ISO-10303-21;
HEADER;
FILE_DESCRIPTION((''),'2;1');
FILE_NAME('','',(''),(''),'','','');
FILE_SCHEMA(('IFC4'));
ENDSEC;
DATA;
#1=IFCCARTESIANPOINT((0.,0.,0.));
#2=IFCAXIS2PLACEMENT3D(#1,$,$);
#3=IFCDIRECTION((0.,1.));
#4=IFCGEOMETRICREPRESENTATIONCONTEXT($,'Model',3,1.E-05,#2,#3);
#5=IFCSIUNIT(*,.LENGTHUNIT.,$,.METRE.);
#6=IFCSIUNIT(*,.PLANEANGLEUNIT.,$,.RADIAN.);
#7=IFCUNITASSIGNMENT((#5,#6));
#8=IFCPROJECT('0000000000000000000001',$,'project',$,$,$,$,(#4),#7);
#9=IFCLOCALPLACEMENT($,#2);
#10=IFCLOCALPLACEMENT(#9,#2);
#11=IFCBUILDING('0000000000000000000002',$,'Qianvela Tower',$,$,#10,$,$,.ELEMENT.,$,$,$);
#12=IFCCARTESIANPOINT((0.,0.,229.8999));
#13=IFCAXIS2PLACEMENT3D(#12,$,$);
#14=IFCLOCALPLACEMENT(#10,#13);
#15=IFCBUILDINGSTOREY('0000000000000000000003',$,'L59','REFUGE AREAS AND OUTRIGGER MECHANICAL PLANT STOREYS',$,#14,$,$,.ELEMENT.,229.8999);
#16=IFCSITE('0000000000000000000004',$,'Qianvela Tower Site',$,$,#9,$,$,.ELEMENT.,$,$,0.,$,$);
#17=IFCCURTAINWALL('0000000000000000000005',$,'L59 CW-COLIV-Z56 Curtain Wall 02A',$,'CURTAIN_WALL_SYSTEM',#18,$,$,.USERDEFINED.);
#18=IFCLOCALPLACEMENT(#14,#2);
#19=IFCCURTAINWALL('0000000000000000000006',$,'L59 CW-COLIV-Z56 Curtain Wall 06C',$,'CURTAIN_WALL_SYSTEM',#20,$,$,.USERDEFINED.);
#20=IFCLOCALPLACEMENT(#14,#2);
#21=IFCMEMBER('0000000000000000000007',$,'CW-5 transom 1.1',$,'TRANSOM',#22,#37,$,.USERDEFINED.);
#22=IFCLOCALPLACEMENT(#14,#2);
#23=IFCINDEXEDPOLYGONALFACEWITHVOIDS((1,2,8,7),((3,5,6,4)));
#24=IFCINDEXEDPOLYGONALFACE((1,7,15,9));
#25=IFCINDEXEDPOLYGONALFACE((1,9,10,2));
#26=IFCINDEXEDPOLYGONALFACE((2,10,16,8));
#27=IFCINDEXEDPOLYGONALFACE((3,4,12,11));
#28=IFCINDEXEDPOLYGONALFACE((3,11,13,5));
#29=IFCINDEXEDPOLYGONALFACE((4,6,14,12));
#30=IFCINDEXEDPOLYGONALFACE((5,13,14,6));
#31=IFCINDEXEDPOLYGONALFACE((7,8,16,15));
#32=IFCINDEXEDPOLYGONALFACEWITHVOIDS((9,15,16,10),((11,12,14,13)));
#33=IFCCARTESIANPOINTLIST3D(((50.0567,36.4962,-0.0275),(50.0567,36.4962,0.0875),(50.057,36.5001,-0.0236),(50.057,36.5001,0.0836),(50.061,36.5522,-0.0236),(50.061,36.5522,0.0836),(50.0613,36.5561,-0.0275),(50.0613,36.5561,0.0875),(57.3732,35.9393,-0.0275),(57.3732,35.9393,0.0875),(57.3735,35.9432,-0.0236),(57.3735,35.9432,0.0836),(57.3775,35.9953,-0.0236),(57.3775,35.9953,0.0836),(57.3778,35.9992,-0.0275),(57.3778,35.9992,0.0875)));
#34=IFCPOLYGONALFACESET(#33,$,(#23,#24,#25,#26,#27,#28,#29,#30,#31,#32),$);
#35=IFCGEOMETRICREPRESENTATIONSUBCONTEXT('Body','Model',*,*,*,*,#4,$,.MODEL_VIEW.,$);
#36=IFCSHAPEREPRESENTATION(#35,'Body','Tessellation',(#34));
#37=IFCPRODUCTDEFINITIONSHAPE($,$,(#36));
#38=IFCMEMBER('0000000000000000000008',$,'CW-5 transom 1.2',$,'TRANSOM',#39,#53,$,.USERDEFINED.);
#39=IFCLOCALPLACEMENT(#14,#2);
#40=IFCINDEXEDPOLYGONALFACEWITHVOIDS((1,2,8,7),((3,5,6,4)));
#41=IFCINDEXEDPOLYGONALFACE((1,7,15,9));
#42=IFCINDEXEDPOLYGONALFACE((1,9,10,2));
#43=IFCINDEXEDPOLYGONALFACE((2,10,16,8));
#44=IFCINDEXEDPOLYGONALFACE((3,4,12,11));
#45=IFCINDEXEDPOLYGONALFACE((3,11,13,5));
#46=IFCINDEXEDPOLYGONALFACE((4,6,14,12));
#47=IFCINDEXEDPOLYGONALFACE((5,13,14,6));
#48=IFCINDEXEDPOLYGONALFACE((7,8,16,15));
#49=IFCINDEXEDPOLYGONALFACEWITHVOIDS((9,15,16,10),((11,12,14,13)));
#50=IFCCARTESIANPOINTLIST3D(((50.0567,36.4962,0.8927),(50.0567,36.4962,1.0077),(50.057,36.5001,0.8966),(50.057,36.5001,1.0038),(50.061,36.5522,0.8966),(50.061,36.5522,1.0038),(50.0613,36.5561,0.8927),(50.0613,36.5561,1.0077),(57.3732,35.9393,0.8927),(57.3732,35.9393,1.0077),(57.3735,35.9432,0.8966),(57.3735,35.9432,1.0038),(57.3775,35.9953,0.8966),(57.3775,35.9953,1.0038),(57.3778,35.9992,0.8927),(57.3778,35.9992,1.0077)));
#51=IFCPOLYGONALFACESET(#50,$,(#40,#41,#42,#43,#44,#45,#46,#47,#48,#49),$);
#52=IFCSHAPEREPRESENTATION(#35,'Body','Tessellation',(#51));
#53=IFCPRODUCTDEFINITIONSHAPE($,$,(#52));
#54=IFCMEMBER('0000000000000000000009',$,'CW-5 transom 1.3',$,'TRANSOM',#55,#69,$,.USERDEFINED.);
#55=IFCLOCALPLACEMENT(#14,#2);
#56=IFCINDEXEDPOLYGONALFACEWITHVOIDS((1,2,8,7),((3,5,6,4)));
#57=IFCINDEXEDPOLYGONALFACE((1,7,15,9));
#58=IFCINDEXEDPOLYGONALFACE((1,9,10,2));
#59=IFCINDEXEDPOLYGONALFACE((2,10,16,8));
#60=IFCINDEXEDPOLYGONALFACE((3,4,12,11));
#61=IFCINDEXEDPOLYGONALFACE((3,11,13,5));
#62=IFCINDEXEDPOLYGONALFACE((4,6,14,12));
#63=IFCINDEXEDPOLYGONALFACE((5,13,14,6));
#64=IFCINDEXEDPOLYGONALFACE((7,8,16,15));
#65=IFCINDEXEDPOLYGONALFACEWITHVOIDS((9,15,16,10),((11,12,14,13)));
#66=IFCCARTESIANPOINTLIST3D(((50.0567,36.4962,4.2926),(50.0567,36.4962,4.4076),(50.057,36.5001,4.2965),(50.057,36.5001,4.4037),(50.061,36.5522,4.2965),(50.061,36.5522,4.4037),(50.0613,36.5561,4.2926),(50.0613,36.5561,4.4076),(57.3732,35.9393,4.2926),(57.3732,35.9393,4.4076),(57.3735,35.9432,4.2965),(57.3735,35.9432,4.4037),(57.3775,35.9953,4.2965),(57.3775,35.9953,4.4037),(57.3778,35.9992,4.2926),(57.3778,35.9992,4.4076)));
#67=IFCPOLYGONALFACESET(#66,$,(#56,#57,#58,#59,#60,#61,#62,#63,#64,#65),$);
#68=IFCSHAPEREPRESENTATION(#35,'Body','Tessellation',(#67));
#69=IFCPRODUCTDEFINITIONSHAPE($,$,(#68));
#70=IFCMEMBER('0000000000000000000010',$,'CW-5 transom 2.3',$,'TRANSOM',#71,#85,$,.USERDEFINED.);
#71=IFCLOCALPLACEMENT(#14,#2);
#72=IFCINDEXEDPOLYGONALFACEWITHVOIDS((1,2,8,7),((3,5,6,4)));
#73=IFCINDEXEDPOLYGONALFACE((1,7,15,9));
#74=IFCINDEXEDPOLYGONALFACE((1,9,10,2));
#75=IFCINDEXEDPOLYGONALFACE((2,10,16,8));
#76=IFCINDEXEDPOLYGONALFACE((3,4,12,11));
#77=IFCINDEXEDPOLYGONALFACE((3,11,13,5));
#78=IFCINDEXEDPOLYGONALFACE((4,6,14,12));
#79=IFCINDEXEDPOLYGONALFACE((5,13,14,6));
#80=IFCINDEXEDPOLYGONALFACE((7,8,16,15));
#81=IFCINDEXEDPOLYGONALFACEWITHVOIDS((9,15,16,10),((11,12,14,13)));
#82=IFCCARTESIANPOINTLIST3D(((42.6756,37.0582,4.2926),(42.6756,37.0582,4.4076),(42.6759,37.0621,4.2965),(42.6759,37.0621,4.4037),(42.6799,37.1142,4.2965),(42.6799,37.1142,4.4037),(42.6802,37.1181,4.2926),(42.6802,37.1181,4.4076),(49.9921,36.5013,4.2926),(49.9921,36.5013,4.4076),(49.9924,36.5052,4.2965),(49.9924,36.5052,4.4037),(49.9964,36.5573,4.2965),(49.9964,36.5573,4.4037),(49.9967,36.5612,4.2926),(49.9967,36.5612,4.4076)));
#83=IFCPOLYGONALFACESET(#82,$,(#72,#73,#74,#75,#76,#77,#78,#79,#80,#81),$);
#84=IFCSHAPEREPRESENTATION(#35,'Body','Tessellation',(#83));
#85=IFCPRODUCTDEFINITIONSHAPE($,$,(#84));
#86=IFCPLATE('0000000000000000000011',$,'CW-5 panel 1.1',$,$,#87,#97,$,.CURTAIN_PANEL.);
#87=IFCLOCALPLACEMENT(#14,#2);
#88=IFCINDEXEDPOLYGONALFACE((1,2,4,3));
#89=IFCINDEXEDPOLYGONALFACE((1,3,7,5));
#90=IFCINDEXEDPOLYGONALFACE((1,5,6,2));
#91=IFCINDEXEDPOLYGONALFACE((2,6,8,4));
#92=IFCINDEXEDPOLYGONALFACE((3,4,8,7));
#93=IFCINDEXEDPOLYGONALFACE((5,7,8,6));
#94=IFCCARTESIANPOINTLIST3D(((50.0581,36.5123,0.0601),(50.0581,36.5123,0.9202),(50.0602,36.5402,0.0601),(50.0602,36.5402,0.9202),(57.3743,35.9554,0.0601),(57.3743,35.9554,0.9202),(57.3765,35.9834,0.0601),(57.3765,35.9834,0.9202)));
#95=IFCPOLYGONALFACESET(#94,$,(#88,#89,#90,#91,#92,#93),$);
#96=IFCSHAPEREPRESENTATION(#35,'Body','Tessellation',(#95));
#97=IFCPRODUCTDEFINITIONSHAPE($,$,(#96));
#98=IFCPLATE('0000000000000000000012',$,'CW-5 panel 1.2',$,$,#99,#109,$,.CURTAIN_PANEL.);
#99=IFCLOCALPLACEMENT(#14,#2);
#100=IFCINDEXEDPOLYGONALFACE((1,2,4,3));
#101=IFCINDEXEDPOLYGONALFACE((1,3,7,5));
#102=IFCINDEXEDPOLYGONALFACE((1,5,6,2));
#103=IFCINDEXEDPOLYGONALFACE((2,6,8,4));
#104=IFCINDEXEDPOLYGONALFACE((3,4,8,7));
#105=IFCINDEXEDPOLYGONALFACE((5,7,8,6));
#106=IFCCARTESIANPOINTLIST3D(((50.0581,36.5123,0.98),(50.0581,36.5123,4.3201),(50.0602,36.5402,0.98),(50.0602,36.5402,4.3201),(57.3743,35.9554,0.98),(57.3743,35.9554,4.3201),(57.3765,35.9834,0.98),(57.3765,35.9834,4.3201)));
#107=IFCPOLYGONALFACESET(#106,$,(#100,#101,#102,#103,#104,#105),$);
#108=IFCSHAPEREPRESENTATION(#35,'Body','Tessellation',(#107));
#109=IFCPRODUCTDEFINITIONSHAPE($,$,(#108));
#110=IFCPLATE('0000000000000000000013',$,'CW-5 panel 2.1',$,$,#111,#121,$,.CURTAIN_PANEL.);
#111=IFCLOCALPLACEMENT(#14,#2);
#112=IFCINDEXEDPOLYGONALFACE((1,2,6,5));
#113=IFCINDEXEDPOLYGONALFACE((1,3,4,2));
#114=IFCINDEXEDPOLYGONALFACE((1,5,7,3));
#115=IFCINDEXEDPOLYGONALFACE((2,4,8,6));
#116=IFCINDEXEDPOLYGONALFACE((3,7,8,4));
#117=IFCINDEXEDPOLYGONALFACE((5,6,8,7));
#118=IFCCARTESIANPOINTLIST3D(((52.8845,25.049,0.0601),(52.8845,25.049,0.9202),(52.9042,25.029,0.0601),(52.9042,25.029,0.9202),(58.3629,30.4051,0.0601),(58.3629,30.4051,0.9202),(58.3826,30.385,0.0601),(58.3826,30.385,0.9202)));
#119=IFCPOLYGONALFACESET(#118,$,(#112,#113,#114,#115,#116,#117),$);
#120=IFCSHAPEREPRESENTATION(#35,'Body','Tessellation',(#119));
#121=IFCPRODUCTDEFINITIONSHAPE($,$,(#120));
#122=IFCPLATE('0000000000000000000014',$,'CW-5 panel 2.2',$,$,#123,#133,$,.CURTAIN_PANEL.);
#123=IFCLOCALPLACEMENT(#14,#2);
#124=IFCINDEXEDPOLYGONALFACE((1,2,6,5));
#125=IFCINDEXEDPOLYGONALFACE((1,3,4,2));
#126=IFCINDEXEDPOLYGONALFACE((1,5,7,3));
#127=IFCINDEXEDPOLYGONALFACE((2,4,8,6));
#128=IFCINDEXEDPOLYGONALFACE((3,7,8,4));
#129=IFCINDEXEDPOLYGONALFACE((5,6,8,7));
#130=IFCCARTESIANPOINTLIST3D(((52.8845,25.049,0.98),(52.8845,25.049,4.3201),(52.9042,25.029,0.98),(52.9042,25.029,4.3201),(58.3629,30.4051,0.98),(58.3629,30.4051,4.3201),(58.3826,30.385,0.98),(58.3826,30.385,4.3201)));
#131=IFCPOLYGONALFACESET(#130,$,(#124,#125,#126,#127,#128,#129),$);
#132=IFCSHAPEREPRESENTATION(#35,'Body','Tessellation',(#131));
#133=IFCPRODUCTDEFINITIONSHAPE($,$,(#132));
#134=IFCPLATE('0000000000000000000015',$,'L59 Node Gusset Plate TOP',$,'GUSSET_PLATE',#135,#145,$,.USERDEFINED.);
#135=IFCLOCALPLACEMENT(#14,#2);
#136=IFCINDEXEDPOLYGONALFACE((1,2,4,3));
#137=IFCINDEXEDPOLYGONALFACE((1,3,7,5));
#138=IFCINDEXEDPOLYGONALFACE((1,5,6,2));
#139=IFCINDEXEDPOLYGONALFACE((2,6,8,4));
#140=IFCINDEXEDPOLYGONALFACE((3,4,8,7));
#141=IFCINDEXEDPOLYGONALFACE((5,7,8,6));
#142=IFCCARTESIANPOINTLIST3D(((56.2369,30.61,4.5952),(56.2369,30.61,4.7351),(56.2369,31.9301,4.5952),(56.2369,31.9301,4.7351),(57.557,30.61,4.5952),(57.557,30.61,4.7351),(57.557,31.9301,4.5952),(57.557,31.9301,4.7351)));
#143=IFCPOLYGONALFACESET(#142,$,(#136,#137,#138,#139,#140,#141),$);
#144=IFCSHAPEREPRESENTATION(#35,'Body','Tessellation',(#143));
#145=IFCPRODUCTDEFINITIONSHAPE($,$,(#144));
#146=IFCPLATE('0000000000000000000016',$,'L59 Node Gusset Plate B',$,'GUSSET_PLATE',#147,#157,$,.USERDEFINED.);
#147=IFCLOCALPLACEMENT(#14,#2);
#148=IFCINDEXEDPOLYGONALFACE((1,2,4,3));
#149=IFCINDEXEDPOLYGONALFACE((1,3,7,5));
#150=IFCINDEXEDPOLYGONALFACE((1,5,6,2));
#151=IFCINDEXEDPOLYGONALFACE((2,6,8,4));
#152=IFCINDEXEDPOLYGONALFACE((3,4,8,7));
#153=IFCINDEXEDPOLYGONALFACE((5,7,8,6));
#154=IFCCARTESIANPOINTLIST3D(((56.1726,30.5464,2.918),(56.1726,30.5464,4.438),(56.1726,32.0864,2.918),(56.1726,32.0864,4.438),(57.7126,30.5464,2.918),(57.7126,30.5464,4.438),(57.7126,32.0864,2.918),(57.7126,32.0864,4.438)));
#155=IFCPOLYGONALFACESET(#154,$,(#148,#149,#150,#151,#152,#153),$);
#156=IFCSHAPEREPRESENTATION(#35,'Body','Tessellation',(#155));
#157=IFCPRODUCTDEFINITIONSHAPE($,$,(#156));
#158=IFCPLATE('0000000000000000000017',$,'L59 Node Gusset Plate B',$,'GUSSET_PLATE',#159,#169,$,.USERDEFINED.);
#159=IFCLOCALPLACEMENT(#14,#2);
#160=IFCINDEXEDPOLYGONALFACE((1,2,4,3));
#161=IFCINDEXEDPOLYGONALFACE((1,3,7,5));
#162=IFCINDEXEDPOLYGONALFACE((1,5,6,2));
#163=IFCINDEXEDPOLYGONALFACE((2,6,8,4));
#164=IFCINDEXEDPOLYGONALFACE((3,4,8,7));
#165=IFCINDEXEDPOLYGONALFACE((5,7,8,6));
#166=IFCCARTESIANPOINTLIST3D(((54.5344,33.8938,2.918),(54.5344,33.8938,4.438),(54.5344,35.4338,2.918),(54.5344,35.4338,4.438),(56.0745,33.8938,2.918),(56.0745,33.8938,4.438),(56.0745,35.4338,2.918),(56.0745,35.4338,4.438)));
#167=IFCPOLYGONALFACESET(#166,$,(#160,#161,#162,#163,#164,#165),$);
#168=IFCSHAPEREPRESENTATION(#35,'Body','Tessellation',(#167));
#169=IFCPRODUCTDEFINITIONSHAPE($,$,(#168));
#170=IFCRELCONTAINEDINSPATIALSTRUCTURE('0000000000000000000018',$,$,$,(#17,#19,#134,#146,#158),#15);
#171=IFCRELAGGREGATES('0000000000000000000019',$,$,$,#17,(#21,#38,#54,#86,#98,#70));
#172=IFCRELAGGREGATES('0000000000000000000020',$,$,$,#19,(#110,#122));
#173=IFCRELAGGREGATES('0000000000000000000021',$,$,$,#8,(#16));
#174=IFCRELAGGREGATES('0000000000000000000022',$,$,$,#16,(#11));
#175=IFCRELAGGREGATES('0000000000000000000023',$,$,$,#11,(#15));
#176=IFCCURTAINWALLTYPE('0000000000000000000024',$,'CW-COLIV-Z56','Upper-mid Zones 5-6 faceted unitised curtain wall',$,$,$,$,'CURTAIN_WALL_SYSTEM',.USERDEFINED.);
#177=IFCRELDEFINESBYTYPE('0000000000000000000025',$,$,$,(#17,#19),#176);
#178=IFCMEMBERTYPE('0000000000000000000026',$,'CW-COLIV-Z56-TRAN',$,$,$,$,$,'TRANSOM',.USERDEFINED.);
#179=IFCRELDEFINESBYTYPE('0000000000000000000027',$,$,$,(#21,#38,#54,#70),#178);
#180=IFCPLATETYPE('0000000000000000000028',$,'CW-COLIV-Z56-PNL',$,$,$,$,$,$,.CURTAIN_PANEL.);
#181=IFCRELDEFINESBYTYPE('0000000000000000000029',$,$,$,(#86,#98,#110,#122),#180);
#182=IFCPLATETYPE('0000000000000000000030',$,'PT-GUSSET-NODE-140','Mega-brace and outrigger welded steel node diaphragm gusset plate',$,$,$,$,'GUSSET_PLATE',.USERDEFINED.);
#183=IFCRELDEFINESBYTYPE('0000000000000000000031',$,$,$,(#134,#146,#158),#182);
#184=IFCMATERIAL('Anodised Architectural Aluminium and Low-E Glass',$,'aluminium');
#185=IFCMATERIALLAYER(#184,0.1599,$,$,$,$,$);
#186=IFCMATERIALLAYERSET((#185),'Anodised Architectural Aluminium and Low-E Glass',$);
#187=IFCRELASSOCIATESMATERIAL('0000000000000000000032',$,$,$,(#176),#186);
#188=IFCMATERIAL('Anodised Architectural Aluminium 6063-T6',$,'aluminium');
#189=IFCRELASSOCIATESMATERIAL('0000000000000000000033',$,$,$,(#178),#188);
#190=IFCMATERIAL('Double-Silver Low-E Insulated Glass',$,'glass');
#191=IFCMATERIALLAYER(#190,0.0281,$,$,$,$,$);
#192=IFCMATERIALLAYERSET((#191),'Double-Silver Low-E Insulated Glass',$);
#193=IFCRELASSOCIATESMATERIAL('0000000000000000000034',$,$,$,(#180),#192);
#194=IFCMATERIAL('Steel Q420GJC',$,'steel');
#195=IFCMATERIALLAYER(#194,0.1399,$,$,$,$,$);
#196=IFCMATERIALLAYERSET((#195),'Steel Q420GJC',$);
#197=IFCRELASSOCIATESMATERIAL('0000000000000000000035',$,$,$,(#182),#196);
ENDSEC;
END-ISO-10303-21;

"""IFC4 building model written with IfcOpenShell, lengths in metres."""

from ifc_helpers import new_model, si_unit, direction, frame, origin, origin_2d, place, context, subcontext, project, spatial, rectangle, hollow_rectangle, extrude, material, layer, layer_set, material_profile, profile_set, type_object, element, aggregate, save


model = new_model("IFC4")

# Units and contexts
model_context = context("Model", 3, precision=1e-05, world=origin(), true_north=direction((0.0, 1.0)))
body_context = subcontext(model_context, "Body", "Model", "MODEL_VIEW")
ifc_project = project(units=[si_unit("LENGTHUNIT", "METRE"), si_unit("PLANEANGLEUNIT", "RADIAN")], contexts=[model_context])

# Site, building, storey
site_placement = place(None, origin())
site = spatial("IfcSite", under=ifc_project, at=site_placement, Name="Qianvela Tower Site", CompositionType="ELEMENT", RefElevation=0.0)
building_placement = place(site_placement, origin())
building = spatial("IfcBuilding", under=site, at=building_placement, Name="Qianvela Tower", CompositionType="ELEMENT")
storey_placement = place(building_placement, frame((0.0, 0.0, 229.8999)))
storey = spatial("IfcBuildingStorey", under=building, at=storey_placement, Name="L59", Description="REFUGE AREAS AND OUTRIGGER MECHANICAL PLANT STOREYS", CompositionType="ELEMENT", Elevation=229.8999)

# Curtain wall
ifc_material_1 = material(Name="Anodised Architectural Aluminium and Low-E Glass", Category="aluminium")
ifc_layer_1 = layer(ifc_material_1, 0.1599)
ifc_layer_set_1 = layer_set([ifc_layer_1], Name="Anodised Architectural Aluminium and Low-E Glass")
curtain_wall_type = type_object("IfcCurtainWallType", Name="CW-COLIV-Z56", Description="Upper-mid Zones 5-6 faceted unitised curtain wall", ElementType="CURTAIN_WALL_SYSTEM", PredefinedType="USERDEFINED", material=ifc_layer_set_1)
curtain_wall_1_placement = place(storey_placement, origin())
curtain_wall_1 = element("IfcCurtainWall", 1, at=curtain_wall_1_placement, inside=storey, type_object=curtain_wall_type, Name="L59 CW-COLIV-Z56 Curtain Wall 02A", ObjectType="CURTAIN_WALL_SYSTEM", PredefinedType="USERDEFINED")

# Curtain wall
curtain_wall_2_placement = place(storey_placement, origin())
curtain_wall_2 = element("IfcCurtainWall", 2, at=curtain_wall_2_placement, inside=storey, type_object=curtain_wall_type, Name="L59 CW-COLIV-Z56 Curtain Wall 06C", ObjectType="CURTAIN_WALL_SYSTEM", PredefinedType="USERDEFINED")

# Members
ifc_material_2 = material(Name="Anodised Architectural Aluminium 6063-T6", Category="aluminium")
ifc_material_profile_1 = material_profile(ifc_material_2, hollow_rectangle(XDim=0.0601, YDim=0.115, WallThickness=0.0039, at=origin_2d()), Name="ALU-TRAN-60x115")
ifc_profile_set_1 = profile_set([ifc_material_profile_1], Name="Anodised Architectural Aluminium 6063-T6")
member_type_1 = type_object("IfcMemberType", Name="CW-COLIV-Z56-TRAN", ElementType="TRANSOM", PredefinedType="USERDEFINED", material=ifc_profile_set_1)
member_1_placement = place(storey_placement, frame((57.3755, 35.9692, 0.03), z_axis=(-0.997116, 0.075895, 0.0), x_axis=(-0.075895, -0.997116, 0.0)))
member_1 = element("IfcMember", 3, at=member_1_placement, type_object=member_type_1, Name="CW-5 transom 1.1", ObjectType="TRANSOM", PredefinedType="USERDEFINED", context=body_context, shape_type="SweptSolid", body=[
    extrude(hollow_rectangle(XDim=0.0601, YDim=0.115, WallThickness=0.0039, at=origin_2d()), origin(), (0.0, 0.0, 1.0), 7.3376),
])
member_2_placement = place(storey_placement, frame((57.3755, 35.9692, 0.9502), z_axis=(-0.997116, 0.075895, 0.0), x_axis=(-0.075895, -0.997116, 0.0)))
member_2 = element("IfcMember", 4, at=member_2_placement, type_object=member_type_1, Name="CW-5 transom 1.2", ObjectType="TRANSOM", PredefinedType="USERDEFINED", context=body_context, shape_type="SweptSolid", body=[
    extrude(hollow_rectangle(XDim=0.0601, YDim=0.115, WallThickness=0.0039, at=origin_2d()), origin(), (0.0, 0.0, 1.0), 7.3376),
])
member_3_placement = place(storey_placement, frame((57.3755, 35.9692, 4.3501), z_axis=(-0.997116, 0.075895, 0.0), x_axis=(-0.075895, -0.997116, 0.0)))
member_3 = element("IfcMember", 5, at=member_3_placement, type_object=member_type_1, Name="CW-5 transom 1.3", ObjectType="TRANSOM", PredefinedType="USERDEFINED", context=body_context, shape_type="SweptSolid", body=[
    extrude(hollow_rectangle(XDim=0.0601, YDim=0.115, WallThickness=0.0039, at=origin_2d()), origin(), (0.0, 0.0, 1.0), 7.3376),
])
member_4_placement = place(storey_placement, frame((49.9944, 36.5312, 4.3501), z_axis=(-0.997116, 0.075895, 0.0), x_axis=(-0.075895, -0.997116, 0.0)))
member_4 = element("IfcMember", 6, at=member_4_placement, type_object=member_type_1, Name="CW-5 transom 2.3", ObjectType="TRANSOM", PredefinedType="USERDEFINED", context=body_context, shape_type="SweptSolid", body=[
    extrude(hollow_rectangle(XDim=0.0601, YDim=0.115, WallThickness=0.0039, at=origin_2d()), origin(), (0.0, 0.0, 1.0), 7.3376),
])

# Plates
ifc_material_3 = material(Name="Double-Silver Low-E Insulated Glass", Category="glass")
ifc_layer_2 = layer(ifc_material_3, 0.0281)
ifc_layer_set_2 = layer_set([ifc_layer_2], Name="Double-Silver Low-E Insulated Glass")
plate_type_1 = type_object("IfcPlateType", Name="CW-COLIV-Z56-PNL", PredefinedType="CURTAIN_PANEL", material=ifc_layer_set_2)
plate_1_placement = place(storey_placement, frame((53.7173, 36.2478, 0.0601), z_axis=(0.0, 0.0, 1.0), x_axis=(-0.997116, 0.075898, 0.0)))
plate_1 = element("IfcPlate", 7, at=plate_1_placement, type_object=plate_type_1, Name="CW-5 panel 1.1", PredefinedType="CURTAIN_PANEL", context=body_context, shape_type="SweptSolid", body=[
    extrude(rectangle(XDim=7.3374, YDim=0.0281, at=origin_2d()), origin(), (0.0, 0.0, 1.0), 0.8601),
])
plate_2_placement = place(storey_placement, frame((53.7173, 36.2478, 0.98), z_axis=(0.0, 0.0, 1.0), x_axis=(-0.997116, 0.075898, 0.0)))
plate_2 = element("IfcPlate", 8, at=plate_2_placement, type_object=plate_type_1, Name="CW-5 panel 1.2", PredefinedType="CURTAIN_PANEL", context=body_context, shape_type="SweptSolid", body=[
    extrude(rectangle(XDim=7.3374, YDim=0.0281, at=origin_2d()), origin(), (0.0, 0.0, 1.0), 3.3401),
])
aggregate(curtain_wall_1, [member_1, member_2, member_3, plate_1, plate_2, member_4])
plate_3_placement = place(storey_placement, frame((55.6335, 27.717, 0.0601), z_axis=(0.0, 0.0, 1.0), x_axis=(0.715046, 0.699078, 0.0)))
plate_3 = element("IfcPlate", 9, at=plate_3_placement, type_object=plate_type_1, Name="CW-5 panel 2.1", PredefinedType="CURTAIN_PANEL", context=body_context, shape_type="SweptSolid", body=[
    extrude(rectangle(XDim=7.6616, YDim=0.0281, at=origin_2d()), origin(), (0.0, 0.0, 1.0), 0.8601),
])
plate_4_placement = place(storey_placement, frame((55.6335, 27.717, 0.98), z_axis=(0.0, 0.0, 1.0), x_axis=(0.715046, 0.699078, 0.0)))
plate_4 = element("IfcPlate", 10, at=plate_4_placement, type_object=plate_type_1, Name="CW-5 panel 2.2", PredefinedType="CURTAIN_PANEL", context=body_context, shape_type="SweptSolid", body=[
    extrude(rectangle(XDim=7.6616, YDim=0.0281, at=origin_2d()), origin(), (0.0, 0.0, 1.0), 3.3401),
])
aggregate(curtain_wall_2, [plate_3, plate_4])

# Plates
ifc_material_4 = material(Name="Steel Q420GJC", Category="steel")
ifc_layer_3 = layer(ifc_material_4, 0.1399)
ifc_layer_set_3 = layer_set([ifc_layer_3], Name="Steel Q420GJC")
plate_type_2 = type_object("IfcPlateType", Name="PT-GUSSET-NODE-140", Description="Mega-brace and outrigger welded steel node diaphragm gusset plate", ElementType="GUSSET_PLATE", PredefinedType="USERDEFINED", material=ifc_layer_set_3)
plate_5_placement = place(storey_placement, frame((56.897, 31.27, 4.5952), z_axis=(0.0, 0.0, 1.0), x_axis=(1.0, 0.0, 0.0)))
element("IfcPlate", 11, at=plate_5_placement, inside=storey, type_object=plate_type_2, Name="L59 Node Gusset Plate TOP", ObjectType="GUSSET_PLATE", PredefinedType="USERDEFINED", context=body_context, shape_type="SweptSolid", body=[
    extrude(rectangle(XDim=1.3201, YDim=1.3201, at=origin_2d()), origin(), (0.0, 0.0, 1.0), 0.1399),
])
for number, where, z_axis, x_axis, name in (
    (12, (56.9426, 31.3164, 2.918), (0.0, 0.0, 1.0), (1.0, 0.0, 0.0), "L59 Node Gusset Plate B"),
    (13, (55.3044, 34.6638, 2.918), (0.0, 0.0, 1.0), (1.0, 0.0, 0.0), "L59 Node Gusset Plate B"),
):
    element("IfcPlate", number, at=place(storey_placement, frame(where, z_axis=z_axis, x_axis=x_axis)), inside=storey, type_object=plate_type_2, Name=name, ObjectType="GUSSET_PLATE", PredefinedType="USERDEFINED", context=body_context, shape_type="SweptSolid", body=[
        extrude(rectangle(XDim=1.54, YDim=1.54, at=origin_2d()), origin(), (0.0, 0.0, 1.0), 1.52),
    ])

save(model, "model.ifc")
